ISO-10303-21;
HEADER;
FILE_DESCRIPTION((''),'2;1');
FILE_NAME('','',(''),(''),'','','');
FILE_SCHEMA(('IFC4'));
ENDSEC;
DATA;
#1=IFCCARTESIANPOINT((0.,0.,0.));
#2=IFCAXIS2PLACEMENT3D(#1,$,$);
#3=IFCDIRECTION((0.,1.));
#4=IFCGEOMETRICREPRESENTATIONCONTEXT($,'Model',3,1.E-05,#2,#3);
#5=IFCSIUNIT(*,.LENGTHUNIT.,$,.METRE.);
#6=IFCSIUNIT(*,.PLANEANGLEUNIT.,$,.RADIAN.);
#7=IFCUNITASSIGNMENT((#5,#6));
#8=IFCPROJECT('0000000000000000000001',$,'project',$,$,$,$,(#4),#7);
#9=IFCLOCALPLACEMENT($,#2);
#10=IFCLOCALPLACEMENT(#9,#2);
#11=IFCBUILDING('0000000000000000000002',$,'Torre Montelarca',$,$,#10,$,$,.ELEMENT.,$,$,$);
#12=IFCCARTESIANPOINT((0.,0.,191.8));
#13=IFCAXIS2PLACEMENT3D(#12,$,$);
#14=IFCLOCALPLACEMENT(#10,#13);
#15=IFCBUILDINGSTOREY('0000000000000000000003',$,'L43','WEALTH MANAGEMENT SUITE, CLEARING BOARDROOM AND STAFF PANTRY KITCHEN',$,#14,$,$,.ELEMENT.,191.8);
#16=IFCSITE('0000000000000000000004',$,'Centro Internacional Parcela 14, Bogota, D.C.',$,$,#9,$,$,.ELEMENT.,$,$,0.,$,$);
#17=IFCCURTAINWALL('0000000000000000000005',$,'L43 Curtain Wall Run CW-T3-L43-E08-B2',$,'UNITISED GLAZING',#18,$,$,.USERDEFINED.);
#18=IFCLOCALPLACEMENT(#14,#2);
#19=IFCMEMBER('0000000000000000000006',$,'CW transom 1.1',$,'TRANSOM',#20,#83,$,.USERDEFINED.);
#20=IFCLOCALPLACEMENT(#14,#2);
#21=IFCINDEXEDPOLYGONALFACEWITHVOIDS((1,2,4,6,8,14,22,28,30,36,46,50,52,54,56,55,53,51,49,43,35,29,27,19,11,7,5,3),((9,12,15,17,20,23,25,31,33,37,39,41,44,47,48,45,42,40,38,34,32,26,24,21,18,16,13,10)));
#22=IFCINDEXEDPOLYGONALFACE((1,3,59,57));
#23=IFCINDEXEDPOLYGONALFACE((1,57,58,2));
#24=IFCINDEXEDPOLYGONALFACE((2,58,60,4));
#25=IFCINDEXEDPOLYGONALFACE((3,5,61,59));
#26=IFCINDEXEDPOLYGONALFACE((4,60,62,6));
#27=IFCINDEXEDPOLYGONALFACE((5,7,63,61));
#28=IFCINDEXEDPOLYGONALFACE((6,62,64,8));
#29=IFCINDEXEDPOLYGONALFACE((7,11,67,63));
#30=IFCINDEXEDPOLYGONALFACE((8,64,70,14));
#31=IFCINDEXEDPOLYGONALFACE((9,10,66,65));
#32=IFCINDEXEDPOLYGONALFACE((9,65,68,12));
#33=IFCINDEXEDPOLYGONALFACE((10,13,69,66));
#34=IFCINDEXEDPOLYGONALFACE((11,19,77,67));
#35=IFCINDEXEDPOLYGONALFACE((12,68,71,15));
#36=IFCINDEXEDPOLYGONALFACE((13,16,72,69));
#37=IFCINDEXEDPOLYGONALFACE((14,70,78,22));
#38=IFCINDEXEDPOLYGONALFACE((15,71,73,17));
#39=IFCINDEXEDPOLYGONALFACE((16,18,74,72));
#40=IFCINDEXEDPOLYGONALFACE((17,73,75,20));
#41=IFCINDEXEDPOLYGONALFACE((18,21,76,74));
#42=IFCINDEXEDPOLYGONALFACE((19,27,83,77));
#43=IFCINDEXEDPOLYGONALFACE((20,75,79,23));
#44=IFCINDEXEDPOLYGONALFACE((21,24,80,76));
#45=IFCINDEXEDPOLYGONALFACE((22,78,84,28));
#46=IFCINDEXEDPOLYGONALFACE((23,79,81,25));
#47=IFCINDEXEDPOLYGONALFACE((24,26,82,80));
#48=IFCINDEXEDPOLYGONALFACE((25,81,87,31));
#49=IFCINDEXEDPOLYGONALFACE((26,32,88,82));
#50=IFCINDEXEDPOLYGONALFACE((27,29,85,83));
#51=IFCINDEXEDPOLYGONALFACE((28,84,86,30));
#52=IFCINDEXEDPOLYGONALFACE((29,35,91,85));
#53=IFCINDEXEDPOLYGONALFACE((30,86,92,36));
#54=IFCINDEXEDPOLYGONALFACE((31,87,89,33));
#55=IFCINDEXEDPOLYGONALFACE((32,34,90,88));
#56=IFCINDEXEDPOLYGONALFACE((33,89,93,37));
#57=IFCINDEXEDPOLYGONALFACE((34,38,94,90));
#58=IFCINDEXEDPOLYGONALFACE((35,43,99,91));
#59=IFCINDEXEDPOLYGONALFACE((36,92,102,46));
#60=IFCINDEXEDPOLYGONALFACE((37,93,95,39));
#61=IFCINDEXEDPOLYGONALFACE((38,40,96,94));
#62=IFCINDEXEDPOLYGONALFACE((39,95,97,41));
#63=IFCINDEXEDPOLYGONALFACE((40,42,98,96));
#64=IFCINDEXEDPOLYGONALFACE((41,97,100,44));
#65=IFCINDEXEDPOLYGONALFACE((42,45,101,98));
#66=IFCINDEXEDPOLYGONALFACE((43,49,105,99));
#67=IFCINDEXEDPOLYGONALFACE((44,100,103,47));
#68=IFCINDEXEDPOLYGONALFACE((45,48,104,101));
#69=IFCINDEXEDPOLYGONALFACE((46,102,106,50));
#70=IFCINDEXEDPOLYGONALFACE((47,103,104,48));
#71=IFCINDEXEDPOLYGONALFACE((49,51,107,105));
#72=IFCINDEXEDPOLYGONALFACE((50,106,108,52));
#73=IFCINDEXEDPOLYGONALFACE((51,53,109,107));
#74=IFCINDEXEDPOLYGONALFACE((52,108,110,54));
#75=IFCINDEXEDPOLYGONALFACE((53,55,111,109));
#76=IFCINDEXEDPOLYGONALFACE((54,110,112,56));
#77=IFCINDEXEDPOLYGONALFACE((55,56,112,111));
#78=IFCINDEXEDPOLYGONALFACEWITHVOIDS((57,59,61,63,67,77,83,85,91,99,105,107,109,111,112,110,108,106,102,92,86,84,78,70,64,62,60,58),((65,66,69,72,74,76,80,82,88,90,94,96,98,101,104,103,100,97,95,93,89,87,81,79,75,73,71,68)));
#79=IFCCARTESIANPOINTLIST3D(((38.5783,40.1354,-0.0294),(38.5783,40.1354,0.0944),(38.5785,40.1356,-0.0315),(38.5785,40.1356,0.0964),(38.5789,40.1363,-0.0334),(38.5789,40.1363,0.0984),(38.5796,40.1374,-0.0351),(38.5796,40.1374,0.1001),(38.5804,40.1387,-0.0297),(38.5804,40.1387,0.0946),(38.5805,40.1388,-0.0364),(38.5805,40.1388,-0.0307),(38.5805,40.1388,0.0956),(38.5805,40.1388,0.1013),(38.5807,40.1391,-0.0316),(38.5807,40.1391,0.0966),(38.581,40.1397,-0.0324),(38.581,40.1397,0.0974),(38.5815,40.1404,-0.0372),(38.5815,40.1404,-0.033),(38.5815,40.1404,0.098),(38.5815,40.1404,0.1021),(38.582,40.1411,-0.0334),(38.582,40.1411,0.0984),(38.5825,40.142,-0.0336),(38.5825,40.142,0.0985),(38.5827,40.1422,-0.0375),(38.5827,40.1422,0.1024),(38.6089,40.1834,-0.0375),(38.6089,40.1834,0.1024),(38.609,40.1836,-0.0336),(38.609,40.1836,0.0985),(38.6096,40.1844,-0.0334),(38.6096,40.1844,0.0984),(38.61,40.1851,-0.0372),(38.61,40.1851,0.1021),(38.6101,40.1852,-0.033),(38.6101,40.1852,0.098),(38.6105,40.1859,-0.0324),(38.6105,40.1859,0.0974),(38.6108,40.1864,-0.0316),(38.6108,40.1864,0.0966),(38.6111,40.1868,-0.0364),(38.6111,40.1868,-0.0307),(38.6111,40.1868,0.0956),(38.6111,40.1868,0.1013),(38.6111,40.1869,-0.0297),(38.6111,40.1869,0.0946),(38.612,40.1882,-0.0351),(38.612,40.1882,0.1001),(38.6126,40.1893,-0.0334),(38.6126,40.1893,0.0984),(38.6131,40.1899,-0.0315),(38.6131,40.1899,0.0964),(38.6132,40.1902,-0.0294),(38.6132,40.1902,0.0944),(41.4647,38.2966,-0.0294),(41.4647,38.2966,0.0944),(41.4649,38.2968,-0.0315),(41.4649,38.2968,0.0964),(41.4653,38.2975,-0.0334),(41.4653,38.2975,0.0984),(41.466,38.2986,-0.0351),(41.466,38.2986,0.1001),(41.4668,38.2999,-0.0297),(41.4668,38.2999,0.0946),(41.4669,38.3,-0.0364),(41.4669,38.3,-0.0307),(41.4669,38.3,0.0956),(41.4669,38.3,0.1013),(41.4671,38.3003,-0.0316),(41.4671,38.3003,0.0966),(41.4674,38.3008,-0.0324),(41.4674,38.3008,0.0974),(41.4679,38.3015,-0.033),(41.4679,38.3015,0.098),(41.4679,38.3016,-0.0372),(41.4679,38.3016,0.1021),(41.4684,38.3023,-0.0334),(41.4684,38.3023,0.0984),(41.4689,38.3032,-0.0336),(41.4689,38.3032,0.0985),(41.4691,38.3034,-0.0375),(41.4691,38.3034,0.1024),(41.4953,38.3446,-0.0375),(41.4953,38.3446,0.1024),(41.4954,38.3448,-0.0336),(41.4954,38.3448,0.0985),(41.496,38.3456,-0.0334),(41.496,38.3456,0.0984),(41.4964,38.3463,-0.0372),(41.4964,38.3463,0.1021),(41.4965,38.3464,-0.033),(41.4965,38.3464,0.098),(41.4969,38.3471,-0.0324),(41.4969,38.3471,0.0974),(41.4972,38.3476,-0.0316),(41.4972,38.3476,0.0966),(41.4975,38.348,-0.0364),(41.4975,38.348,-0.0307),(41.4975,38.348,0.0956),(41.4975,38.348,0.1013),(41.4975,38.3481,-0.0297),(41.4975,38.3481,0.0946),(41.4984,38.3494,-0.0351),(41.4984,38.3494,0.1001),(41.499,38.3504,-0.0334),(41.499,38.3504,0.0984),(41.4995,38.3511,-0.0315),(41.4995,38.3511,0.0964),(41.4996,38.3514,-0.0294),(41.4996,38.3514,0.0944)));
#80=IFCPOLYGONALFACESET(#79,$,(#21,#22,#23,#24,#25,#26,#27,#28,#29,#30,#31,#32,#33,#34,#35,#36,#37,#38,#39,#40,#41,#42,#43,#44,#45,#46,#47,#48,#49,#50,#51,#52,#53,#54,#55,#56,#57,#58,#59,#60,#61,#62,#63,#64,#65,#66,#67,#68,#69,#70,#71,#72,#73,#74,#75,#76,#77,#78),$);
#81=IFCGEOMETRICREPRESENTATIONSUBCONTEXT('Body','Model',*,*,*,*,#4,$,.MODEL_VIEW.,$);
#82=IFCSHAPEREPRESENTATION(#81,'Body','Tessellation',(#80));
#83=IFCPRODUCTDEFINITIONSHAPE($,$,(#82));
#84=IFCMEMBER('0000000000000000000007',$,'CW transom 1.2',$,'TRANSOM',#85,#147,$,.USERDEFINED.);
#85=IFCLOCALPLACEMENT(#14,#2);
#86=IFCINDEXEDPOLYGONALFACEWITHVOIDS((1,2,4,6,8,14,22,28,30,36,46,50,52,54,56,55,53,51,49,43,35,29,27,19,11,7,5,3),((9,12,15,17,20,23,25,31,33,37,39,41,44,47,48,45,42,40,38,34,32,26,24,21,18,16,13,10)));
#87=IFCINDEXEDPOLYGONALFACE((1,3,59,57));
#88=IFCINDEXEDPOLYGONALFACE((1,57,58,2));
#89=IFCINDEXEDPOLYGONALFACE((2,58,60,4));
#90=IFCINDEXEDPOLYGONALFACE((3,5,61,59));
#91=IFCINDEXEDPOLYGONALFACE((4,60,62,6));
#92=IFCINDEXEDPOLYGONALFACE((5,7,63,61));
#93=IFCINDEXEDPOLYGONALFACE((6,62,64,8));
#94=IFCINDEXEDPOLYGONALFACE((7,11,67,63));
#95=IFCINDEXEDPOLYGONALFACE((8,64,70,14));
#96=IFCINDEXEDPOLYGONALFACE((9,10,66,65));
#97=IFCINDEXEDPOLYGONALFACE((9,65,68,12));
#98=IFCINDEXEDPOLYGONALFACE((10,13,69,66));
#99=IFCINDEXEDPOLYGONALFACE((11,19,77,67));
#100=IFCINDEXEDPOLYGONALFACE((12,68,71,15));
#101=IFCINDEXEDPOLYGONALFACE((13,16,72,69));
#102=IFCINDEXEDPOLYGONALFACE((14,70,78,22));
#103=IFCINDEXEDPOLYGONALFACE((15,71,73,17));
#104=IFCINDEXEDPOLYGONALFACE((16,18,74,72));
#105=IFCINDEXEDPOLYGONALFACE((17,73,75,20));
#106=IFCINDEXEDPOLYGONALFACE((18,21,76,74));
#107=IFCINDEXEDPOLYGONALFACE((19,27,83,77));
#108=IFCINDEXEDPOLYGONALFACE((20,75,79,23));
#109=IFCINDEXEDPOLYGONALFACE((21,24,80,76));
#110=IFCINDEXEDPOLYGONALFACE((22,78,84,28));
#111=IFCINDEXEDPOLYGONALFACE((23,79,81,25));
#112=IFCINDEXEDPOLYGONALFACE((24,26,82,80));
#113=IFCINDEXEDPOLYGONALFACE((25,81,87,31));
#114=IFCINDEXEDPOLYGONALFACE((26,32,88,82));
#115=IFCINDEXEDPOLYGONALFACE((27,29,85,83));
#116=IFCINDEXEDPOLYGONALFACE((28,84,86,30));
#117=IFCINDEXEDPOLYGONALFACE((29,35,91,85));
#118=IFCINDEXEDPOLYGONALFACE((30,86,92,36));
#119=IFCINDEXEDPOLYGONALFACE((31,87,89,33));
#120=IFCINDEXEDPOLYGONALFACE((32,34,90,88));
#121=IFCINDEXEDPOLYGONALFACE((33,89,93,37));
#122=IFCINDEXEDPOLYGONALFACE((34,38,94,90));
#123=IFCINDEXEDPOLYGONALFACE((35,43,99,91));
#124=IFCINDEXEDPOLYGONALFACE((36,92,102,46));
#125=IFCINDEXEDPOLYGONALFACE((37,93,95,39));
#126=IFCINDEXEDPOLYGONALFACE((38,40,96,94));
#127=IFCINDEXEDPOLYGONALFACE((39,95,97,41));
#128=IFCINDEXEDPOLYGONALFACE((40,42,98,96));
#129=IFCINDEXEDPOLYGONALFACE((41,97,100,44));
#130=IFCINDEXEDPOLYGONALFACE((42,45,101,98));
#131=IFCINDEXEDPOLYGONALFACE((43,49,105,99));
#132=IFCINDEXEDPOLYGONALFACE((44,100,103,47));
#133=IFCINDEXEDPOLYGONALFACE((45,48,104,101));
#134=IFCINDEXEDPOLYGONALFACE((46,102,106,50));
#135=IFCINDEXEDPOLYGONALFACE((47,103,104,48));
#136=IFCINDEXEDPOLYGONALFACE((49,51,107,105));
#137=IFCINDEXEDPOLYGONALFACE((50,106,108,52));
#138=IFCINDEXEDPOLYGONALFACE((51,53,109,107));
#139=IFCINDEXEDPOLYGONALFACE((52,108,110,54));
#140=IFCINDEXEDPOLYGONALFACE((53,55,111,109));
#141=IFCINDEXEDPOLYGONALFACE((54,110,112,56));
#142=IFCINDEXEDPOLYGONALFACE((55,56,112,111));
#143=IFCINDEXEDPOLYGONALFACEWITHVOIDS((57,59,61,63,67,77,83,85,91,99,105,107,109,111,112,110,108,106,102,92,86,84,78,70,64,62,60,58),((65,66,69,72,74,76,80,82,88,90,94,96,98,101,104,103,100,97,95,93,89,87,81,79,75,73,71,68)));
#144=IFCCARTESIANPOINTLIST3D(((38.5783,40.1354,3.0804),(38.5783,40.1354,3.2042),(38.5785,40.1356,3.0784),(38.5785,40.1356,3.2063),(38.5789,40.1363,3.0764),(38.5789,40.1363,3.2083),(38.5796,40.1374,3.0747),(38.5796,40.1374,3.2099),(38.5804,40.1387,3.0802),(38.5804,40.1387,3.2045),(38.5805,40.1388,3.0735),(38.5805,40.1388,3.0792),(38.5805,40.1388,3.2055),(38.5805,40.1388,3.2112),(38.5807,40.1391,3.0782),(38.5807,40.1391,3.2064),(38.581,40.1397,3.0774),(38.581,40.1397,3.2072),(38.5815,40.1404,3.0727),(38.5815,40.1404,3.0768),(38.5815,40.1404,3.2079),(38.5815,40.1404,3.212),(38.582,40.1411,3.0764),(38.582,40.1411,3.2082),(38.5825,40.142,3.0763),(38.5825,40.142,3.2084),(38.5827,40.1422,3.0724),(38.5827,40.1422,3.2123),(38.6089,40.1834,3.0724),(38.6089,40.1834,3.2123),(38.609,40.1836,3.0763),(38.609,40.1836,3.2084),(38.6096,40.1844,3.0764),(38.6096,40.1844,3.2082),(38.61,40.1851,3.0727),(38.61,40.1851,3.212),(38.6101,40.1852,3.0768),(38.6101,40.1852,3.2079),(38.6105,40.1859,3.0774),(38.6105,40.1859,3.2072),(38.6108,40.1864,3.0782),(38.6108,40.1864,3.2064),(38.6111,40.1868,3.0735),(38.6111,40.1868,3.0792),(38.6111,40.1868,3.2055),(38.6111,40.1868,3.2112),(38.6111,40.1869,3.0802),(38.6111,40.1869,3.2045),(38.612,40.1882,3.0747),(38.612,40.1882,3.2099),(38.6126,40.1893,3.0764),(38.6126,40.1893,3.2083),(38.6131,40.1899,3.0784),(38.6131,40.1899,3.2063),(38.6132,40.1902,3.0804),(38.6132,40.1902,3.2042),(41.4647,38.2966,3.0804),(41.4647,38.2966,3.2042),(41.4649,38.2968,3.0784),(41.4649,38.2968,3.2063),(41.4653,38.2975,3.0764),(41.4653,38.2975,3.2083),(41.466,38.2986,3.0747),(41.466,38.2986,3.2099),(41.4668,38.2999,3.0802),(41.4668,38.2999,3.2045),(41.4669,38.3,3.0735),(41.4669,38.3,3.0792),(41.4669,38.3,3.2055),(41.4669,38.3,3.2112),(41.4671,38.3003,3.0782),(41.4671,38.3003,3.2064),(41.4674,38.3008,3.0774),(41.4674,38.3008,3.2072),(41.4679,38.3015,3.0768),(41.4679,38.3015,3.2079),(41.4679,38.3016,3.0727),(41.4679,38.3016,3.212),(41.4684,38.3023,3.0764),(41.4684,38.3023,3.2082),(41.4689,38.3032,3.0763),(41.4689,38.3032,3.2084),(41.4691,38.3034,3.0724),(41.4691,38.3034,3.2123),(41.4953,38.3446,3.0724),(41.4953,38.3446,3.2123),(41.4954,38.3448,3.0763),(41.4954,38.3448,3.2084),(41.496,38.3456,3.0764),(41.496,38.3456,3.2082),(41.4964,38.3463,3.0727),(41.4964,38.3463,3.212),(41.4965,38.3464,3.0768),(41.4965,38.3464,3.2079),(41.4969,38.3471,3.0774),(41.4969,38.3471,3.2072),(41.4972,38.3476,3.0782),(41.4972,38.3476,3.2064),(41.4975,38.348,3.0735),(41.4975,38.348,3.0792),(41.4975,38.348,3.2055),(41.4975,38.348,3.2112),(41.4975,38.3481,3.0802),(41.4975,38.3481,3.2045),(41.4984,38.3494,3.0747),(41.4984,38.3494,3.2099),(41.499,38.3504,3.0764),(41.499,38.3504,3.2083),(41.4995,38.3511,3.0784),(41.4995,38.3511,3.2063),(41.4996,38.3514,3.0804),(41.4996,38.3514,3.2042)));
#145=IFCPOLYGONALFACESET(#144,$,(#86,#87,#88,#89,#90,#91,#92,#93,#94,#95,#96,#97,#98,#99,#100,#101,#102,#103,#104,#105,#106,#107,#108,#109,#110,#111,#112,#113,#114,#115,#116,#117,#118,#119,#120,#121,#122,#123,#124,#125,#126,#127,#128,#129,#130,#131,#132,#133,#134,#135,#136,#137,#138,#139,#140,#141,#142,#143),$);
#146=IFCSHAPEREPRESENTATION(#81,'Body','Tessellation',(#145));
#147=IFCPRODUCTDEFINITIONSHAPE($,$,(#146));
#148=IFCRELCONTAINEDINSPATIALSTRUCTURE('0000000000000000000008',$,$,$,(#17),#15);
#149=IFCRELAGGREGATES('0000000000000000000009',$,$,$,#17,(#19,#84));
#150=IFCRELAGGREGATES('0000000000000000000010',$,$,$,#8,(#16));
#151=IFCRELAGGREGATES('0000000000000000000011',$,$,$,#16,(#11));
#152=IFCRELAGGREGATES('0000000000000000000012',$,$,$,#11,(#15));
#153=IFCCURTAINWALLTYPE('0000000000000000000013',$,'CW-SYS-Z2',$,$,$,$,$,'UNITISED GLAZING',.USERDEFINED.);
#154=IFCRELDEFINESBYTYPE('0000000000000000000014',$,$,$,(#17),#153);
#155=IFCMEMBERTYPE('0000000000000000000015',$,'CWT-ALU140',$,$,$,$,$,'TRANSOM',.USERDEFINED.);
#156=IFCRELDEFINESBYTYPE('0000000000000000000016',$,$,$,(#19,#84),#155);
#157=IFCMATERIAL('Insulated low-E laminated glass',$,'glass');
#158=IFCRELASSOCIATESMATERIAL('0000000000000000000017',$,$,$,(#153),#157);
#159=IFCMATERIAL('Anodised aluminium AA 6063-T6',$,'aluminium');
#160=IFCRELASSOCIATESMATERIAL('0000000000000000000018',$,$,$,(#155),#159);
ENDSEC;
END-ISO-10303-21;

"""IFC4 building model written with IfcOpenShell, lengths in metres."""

from ifc_helpers import new_model, si_unit, direction, frame, origin, origin_2d, place, context, subcontext, project, spatial, hollow_rectangle, extrude, source, transform, mapped, material, material_profile, profile_set, type_object, element, aggregate, save


model = new_model("IFC4")

# Units and contexts
model_context = context("Model", 3, precision=1e-05, world=origin(), true_north=direction((0.0, 1.0)))
body_context = subcontext(model_context, "Body", "Model", "MODEL_VIEW")
ifc_project = project(units=[si_unit("LENGTHUNIT", "METRE"), si_unit("PLANEANGLEUNIT", "RADIAN")], contexts=[model_context])

# Site, building, storey
site_placement = place(None, origin())
site = spatial("IfcSite", under=ifc_project, at=site_placement, Name="Centro Internacional Parcela 14, Bogota, D.C.", CompositionType="ELEMENT", RefElevation=0.0)
building_placement = place(site_placement, origin())
building = spatial("IfcBuilding", under=site, at=building_placement, Name="Torre Montelarca", CompositionType="ELEMENT")
storey_placement = place(building_placement, frame((0.0, 0.0, 191.8)))
storey = spatial("IfcBuildingStorey", under=building, at=storey_placement, Name="L43", Description="WEALTH MANAGEMENT SUITE, CLEARING BOARDROOM AND STAFF PANTRY KITCHEN", CompositionType="ELEMENT", Elevation=191.8)

# Curtain wall
ifc_material_1 = material(Name="Insulated low-E laminated glass", Category="glass")
curtain_wall_type = type_object("IfcCurtainWallType", Name="CW-SYS-Z2", ElementType="UNITISED GLAZING", PredefinedType="USERDEFINED", material=ifc_material_1)
ifc_material_2 = material(Name="Anodised aluminium AA 6063-T6", Category="aluminium")
ifc_material_profile_1 = material_profile(ifc_material_2, hollow_rectangle(XDim=0.0649, YDim=0.1399, WallThickness=0.0039, InnerFilletRadius=0.0039, OuterFilletRadius=0.0081, at=origin_2d()), Name="ALU65X140X4", Category="aluminium")
ifc_profile_set_1 = profile_set([ifc_material_profile_1], Name="Anodised aluminium AA 6063-T6")
member_type_1 = type_object("IfcMemberType", Name="CWT-ALU140", ElementType="TRANSOM", PredefinedType="USERDEFINED", material=ifc_profile_set_1)
curtain_wall_1_placement = place(storey_placement, origin())
curtain_wall_1 = element("IfcCurtainWall", 1, at=curtain_wall_1_placement, inside=storey, type_object=curtain_wall_type, Name="L43 Curtain Wall Run CW-T3-L43-E08-B2", ObjectType="UNITISED GLAZING", PredefinedType="USERDEFINED")

# Members
shared_shape_1 = source(origin(), body_context, "Body", "SweptSolid", [
    extrude(hollow_rectangle(XDim=0.0649, YDim=0.1399, WallThickness=0.0039, InnerFilletRadius=0.0039, OuterFilletRadius=0.0081, at=origin_2d()), origin(), (0.0, 0.0, 1.0), 3.4224),
])
member_1_placement = place(storey_placement, frame((41.4822, 38.324, 0.0325), z_axis=(-0.843394, 0.537295, 0.0), x_axis=(-0.537295, -0.843394, 0.0)))
member_1 = element("IfcMember", 2, at=member_1_placement, type_object=member_type_1, Name="CW transom 1.1", ObjectType="TRANSOM", PredefinedType="USERDEFINED", context=body_context, shape_type="MappedRepresentation", body=[
    mapped(shared_shape_1, transform((0.0, 0.0, 0.0), scale=1.0)),
])
member_2_placement = place(storey_placement, frame((41.4822, 38.324, 3.1423), z_axis=(-0.843394, 0.537295, 0.0), x_axis=(-0.537295, -0.843394, 0.0)))
member_2 = element("IfcMember", 3, at=member_2_placement, type_object=member_type_1, Name="CW transom 1.2", ObjectType="TRANSOM", PredefinedType="USERDEFINED", context=body_context, shape_type="MappedRepresentation", body=[
    mapped(shared_shape_1, transform((0.0, 0.0, 0.0), scale=1.0)),
])

aggregate(curtain_wall_1, [member_1, member_2])

save(model, "model.ifc")
